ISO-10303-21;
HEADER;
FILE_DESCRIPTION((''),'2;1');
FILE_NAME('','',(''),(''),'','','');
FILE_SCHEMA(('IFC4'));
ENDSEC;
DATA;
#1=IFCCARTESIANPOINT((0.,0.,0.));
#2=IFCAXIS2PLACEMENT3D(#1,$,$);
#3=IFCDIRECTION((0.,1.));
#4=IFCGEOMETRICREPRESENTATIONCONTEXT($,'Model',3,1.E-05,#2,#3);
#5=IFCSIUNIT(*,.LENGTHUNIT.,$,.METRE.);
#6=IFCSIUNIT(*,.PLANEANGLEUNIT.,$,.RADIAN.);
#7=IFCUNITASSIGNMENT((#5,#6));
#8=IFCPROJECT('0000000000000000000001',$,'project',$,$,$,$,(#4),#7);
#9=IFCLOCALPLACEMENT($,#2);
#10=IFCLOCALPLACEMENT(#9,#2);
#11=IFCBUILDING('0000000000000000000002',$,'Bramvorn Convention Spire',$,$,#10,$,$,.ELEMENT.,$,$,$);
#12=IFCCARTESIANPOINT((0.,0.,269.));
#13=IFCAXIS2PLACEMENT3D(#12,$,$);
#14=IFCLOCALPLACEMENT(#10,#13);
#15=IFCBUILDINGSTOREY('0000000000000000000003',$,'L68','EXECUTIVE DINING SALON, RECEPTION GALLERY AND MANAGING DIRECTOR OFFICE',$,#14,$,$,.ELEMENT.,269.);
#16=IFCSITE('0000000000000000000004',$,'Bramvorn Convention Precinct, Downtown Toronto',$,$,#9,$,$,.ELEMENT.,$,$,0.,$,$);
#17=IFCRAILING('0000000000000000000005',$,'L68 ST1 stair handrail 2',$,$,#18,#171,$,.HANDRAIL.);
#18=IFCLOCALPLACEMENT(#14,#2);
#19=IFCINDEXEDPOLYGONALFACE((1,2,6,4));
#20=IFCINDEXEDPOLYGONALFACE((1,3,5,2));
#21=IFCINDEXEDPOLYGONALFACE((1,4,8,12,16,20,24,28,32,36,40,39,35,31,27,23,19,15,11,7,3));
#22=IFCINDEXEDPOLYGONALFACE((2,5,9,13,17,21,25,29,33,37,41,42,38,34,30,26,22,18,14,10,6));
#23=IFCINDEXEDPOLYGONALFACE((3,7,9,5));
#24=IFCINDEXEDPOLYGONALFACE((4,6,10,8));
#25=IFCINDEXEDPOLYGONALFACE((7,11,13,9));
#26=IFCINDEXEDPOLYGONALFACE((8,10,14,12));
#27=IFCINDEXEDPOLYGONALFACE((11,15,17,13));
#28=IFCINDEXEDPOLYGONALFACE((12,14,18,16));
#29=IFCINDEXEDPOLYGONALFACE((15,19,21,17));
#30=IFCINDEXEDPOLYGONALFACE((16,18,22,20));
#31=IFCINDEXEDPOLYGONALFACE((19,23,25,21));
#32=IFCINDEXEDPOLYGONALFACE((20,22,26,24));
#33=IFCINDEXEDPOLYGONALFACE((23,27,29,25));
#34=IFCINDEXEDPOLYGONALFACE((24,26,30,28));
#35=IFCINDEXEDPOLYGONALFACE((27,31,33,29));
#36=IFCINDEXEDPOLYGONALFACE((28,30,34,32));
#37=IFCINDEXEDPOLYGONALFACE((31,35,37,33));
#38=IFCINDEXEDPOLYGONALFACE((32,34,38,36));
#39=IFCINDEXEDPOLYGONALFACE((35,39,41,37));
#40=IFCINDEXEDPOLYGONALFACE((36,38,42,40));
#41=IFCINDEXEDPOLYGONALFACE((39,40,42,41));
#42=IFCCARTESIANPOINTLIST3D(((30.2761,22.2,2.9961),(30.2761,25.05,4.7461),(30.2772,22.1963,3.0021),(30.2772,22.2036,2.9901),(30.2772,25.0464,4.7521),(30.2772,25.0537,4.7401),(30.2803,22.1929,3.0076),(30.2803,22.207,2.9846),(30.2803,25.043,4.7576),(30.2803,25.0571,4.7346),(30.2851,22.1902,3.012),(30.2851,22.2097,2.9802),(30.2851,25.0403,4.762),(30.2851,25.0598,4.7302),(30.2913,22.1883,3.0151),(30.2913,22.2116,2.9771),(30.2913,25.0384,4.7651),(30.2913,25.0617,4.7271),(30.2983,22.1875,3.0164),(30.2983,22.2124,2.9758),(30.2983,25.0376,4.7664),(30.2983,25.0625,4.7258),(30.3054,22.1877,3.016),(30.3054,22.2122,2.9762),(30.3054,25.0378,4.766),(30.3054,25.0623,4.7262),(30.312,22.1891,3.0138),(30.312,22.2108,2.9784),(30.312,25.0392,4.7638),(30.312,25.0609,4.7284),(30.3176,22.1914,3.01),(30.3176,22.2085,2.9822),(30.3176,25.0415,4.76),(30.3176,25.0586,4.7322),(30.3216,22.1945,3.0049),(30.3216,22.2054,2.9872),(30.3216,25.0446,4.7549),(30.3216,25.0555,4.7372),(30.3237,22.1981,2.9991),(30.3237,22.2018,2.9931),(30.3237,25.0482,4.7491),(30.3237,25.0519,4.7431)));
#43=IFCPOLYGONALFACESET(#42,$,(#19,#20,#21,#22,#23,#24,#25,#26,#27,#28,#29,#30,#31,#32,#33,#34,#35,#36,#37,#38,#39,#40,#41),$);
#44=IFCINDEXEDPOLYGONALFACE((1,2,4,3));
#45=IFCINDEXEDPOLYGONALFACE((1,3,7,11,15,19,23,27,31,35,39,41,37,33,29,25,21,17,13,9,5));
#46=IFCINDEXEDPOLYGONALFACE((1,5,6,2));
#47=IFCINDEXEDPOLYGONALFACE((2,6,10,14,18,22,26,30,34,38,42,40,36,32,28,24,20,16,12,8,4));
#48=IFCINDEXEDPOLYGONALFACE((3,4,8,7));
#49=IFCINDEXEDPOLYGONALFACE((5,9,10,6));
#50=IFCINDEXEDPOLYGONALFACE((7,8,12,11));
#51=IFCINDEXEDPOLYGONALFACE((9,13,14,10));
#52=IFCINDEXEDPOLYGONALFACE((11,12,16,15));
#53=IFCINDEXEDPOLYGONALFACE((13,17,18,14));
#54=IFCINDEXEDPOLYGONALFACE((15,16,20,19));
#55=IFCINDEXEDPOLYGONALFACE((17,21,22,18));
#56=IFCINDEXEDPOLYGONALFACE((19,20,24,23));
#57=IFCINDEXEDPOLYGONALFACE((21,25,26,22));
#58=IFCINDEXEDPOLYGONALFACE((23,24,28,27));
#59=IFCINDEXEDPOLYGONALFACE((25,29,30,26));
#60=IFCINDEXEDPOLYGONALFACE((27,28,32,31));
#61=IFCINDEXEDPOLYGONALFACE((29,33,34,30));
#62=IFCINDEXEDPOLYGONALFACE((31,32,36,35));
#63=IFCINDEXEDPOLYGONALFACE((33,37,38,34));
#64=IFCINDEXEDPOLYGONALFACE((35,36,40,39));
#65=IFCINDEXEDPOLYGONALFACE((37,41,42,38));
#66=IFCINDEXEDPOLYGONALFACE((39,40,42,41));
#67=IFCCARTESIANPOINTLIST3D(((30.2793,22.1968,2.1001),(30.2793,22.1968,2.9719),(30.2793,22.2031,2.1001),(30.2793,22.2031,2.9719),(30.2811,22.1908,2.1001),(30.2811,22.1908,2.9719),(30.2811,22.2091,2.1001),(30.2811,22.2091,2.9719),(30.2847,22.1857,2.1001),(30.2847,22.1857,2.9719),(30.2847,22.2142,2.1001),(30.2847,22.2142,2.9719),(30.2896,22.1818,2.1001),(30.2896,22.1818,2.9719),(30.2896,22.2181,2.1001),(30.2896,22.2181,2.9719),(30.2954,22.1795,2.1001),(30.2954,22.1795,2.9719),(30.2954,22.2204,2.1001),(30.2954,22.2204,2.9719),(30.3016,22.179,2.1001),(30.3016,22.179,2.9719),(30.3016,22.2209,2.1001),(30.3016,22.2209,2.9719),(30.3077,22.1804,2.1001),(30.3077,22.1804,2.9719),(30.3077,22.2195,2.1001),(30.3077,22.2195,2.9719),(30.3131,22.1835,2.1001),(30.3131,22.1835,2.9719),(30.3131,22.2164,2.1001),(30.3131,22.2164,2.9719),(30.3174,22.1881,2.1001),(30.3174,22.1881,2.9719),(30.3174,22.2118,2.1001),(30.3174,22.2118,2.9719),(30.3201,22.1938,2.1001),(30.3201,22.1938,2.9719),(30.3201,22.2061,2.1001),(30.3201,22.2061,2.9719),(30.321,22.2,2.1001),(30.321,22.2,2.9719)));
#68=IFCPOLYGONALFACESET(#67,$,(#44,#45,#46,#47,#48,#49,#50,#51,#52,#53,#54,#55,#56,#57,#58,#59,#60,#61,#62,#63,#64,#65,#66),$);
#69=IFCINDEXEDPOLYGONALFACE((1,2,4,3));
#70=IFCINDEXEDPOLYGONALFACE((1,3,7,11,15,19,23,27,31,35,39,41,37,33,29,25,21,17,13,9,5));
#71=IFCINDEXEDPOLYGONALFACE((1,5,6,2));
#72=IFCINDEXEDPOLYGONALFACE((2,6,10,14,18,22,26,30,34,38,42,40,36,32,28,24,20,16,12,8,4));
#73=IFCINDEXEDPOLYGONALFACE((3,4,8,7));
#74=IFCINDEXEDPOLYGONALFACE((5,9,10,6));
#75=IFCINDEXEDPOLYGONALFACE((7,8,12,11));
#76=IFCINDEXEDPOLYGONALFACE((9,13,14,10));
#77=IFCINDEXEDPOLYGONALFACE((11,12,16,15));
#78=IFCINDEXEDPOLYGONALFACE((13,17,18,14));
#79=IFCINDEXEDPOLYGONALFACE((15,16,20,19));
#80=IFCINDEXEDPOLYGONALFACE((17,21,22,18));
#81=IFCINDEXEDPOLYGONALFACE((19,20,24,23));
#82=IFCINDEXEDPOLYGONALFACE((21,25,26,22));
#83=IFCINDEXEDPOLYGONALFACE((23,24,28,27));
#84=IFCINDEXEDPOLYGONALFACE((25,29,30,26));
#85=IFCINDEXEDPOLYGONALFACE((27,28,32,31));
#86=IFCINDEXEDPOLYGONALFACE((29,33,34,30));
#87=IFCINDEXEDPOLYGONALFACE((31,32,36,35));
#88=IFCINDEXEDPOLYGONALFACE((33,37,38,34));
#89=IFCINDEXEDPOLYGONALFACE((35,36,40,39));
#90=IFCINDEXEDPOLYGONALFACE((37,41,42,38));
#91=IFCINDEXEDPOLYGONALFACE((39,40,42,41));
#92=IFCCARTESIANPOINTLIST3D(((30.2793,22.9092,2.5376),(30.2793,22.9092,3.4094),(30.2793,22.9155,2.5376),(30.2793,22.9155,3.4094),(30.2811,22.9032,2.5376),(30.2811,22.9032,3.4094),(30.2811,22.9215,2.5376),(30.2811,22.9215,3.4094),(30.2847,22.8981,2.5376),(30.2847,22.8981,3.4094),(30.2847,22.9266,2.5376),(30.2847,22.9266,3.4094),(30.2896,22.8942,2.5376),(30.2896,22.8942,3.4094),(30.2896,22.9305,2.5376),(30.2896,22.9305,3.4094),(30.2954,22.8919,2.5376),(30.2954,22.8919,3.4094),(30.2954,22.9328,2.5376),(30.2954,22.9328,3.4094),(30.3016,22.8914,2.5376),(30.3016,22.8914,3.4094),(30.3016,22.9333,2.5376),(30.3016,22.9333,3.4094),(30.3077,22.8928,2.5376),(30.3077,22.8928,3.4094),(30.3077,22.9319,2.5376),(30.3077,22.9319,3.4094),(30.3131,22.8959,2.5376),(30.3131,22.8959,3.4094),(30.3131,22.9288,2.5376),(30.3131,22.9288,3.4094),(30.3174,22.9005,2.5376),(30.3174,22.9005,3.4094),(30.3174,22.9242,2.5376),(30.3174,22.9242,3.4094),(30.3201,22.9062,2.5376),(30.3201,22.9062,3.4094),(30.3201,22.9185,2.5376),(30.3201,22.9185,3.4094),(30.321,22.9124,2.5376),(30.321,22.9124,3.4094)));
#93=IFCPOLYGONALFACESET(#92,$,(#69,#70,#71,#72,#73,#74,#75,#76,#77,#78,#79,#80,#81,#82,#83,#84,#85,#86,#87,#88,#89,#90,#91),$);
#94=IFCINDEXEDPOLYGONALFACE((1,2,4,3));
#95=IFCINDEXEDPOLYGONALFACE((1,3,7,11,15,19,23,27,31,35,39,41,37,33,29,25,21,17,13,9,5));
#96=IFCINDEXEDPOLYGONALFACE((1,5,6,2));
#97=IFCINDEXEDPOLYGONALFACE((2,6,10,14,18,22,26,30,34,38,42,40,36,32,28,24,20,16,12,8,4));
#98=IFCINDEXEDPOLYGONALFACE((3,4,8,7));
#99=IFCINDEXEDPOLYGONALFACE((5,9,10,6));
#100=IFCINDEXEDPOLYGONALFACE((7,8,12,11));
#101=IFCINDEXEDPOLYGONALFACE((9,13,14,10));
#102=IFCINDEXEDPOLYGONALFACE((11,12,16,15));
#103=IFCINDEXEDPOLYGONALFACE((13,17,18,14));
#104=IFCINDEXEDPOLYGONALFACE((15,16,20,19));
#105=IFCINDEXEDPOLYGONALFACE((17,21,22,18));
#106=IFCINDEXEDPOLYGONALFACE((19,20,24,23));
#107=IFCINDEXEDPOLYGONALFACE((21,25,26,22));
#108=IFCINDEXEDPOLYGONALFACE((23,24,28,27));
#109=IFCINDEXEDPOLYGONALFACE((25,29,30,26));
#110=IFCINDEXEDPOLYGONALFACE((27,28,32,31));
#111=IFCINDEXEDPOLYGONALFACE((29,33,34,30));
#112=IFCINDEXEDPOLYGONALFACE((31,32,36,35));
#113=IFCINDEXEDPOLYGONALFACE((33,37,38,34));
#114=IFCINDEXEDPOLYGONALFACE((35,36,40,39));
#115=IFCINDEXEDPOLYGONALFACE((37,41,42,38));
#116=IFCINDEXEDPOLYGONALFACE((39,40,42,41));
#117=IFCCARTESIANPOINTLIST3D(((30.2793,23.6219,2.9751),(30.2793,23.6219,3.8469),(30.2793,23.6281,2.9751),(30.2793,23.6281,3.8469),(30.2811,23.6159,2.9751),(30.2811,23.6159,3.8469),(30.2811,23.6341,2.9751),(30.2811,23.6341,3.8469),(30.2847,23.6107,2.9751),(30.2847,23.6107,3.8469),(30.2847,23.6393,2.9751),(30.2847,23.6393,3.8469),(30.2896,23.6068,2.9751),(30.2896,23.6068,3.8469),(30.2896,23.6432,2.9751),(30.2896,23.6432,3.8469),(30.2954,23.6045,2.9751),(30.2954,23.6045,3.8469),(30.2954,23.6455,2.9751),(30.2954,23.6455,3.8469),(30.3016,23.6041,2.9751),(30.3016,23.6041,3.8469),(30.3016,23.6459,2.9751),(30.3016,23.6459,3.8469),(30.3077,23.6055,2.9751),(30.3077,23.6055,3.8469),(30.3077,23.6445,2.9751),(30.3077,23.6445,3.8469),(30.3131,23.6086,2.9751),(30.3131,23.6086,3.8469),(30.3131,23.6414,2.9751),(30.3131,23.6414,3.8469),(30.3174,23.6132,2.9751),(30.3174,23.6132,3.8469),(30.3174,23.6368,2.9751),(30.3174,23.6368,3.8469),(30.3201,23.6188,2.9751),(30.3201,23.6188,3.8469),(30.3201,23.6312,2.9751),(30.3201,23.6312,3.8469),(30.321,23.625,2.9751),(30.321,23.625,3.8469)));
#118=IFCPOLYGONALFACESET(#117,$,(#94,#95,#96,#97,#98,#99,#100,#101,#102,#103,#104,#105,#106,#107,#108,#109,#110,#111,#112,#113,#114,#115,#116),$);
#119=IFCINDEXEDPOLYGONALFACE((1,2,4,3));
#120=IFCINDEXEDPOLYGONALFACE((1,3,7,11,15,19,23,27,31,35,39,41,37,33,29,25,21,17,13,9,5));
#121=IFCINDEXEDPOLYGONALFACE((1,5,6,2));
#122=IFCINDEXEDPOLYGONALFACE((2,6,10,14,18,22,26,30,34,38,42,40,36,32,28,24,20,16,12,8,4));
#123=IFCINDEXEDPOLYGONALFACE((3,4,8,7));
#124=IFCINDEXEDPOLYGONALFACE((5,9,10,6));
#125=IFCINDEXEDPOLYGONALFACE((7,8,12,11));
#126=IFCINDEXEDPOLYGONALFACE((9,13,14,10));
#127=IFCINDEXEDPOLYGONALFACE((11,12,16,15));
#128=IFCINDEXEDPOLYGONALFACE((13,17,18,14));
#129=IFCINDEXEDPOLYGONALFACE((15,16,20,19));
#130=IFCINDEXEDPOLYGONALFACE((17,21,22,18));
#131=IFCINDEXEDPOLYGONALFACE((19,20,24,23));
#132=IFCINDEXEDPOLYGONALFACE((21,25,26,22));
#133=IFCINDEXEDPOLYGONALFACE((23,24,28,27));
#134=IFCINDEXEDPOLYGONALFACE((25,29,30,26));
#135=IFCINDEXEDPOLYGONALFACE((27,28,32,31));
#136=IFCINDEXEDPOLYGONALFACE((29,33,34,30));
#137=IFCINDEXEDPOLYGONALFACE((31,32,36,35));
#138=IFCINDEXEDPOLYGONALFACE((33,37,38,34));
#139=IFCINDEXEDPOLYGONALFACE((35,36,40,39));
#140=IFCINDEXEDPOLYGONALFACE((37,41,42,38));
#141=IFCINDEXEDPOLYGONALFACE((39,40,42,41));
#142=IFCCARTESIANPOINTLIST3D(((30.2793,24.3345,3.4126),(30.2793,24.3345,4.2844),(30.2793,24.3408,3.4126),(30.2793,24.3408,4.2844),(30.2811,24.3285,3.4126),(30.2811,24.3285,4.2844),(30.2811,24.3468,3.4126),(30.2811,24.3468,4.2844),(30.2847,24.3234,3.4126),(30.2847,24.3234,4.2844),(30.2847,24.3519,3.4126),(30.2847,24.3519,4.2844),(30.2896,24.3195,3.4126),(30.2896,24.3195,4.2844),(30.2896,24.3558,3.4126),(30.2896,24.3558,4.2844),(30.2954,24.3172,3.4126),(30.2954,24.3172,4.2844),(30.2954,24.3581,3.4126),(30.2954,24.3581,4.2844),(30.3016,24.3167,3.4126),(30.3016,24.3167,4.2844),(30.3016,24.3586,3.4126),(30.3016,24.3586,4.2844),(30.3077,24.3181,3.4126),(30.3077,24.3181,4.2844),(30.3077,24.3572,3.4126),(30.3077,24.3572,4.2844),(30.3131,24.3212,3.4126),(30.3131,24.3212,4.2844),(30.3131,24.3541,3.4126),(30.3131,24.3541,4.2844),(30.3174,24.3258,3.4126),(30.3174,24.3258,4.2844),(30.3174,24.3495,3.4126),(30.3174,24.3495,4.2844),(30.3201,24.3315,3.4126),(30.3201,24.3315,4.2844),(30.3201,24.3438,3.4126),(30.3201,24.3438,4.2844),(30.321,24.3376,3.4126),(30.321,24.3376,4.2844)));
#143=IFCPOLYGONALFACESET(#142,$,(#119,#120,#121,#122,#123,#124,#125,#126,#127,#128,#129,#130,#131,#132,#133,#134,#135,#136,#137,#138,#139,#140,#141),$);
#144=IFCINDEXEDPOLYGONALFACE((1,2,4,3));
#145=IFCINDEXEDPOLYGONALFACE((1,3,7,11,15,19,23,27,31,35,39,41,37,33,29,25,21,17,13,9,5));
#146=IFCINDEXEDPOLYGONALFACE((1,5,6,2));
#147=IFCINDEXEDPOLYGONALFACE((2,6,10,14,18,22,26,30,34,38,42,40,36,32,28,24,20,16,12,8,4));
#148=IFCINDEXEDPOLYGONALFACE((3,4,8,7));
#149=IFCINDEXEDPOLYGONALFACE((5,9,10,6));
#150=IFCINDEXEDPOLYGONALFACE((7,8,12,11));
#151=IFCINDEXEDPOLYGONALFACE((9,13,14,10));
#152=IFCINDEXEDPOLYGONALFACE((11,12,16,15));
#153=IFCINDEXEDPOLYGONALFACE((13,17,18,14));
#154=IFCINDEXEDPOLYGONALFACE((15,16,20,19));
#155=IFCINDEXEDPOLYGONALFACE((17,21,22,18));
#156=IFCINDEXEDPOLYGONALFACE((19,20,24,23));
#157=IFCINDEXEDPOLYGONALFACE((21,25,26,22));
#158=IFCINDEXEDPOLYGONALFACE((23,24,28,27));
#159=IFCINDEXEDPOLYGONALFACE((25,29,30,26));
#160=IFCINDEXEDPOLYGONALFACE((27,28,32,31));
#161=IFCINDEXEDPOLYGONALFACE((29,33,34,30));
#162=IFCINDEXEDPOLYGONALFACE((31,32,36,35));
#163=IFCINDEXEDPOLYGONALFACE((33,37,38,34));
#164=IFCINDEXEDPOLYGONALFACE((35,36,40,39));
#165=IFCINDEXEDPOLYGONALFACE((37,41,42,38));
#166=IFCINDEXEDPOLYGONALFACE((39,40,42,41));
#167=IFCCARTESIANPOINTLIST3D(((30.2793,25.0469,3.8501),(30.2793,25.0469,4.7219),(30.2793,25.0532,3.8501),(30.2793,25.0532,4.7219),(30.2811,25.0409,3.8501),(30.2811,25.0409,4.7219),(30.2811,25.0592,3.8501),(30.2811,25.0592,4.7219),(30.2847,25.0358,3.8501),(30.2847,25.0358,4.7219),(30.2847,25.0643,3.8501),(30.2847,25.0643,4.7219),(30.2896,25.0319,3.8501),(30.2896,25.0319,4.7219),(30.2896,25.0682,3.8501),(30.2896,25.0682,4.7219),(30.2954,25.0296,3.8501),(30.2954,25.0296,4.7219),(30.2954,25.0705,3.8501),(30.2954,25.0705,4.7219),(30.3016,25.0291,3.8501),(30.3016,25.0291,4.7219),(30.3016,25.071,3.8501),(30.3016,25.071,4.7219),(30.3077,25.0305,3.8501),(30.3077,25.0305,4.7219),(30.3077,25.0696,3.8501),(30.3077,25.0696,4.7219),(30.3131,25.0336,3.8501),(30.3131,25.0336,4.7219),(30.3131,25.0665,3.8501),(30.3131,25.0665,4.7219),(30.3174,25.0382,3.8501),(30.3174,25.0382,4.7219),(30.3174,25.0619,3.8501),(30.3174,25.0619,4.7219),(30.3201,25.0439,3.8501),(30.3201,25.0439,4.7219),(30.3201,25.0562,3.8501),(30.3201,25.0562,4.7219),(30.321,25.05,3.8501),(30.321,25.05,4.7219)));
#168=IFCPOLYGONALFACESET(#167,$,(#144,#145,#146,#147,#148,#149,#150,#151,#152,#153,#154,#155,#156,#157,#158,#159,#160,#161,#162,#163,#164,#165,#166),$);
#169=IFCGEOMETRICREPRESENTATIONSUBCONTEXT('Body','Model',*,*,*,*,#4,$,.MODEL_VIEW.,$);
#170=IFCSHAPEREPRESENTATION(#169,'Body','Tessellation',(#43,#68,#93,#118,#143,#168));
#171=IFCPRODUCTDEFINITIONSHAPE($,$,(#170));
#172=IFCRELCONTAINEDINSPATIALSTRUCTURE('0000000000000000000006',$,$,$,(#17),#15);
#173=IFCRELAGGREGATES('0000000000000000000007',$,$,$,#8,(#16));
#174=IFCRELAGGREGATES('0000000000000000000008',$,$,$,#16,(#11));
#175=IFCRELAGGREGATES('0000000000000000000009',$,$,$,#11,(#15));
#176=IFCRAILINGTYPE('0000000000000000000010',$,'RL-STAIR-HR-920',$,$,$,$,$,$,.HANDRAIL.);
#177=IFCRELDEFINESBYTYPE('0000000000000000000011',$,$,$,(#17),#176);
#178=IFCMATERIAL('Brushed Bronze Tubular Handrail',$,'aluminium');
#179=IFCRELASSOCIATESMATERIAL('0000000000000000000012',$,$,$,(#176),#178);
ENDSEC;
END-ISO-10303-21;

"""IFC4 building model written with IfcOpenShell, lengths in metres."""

from ifc_helpers import new_model, si_unit, direction, frame, origin, origin_2d, place, context, subcontext, project, spatial, circle, extrude, material, type_object, element, save


model = new_model("IFC4")

# Units and contexts
model_context = context("Model", 3, precision=1e-05, world=origin(), true_north=direction((0.0, 1.0)))
body_context = subcontext(model_context, "Body", "Model", "MODEL_VIEW")
ifc_project = project(units=[si_unit("LENGTHUNIT", "METRE"), si_unit("PLANEANGLEUNIT", "RADIAN")], contexts=[model_context])

# Site, building, storey
site_placement = place(None, origin())
site = spatial("IfcSite", under=ifc_project, at=site_placement, Name="Bramvorn Convention Precinct, Downtown Toronto", CompositionType="ELEMENT", RefElevation=0.0)
building_placement = place(site_placement, origin())
building = spatial("IfcBuilding", under=site, at=building_placement, Name="Bramvorn Convention Spire", CompositionType="ELEMENT")
storey_placement = place(building_placement, frame((0.0, 0.0, 269.0)))
storey = spatial("IfcBuildingStorey", under=building, at=storey_placement, Name="L68", Description="EXECUTIVE DINING SALON, RECEPTION GALLERY AND MANAGING DIRECTOR OFFICE", CompositionType="ELEMENT", Elevation=269.0)

# Railing
ifc_material_1 = material(Name="Brushed Bronze Tubular Handrail", Category="aluminium")
railing_type_1 = type_object("IfcRailingType", Name="RL-STAIR-HR-920", PredefinedType="HANDRAIL", material=ifc_material_1)
for number, where, name in (
    (1, (30.3, 22.2, 2.1001), "L68 ST1 stair handrail 2"),
):
    element("IfcRailing", number, at=place(storey_placement, frame(where)), inside=storey, type_object=railing_type_1, Name=name, PredefinedType="HANDRAIL", context=body_context, shape_type="SweptSolid", body=[
        extrude(circle(Radius=0.0239, at=origin_2d()), frame((0.0, 0.0, 0.896), z_axis=(0.0, 0.852179, 0.52325), x_axis=(-1.0, 0.0, 0.0)), (0.0, 0.0, 1.0), 3.3445),
        extrude(circle(Radius=0.021, at=origin_2d()), origin(), (0.0, 0.0, 1.0), 0.8718),
        extrude(circle(Radius=0.021, at=origin_2d()), frame((0.0, 0.7124, 0.4375)), (0.0, 0.0, 1.0), 0.8718),
        extrude(circle(Radius=0.021, at=origin_2d()), frame((0.0, 1.425, 0.875)), (0.0, 0.0, 1.0), 0.8718),
        extrude(circle(Radius=0.021, at=origin_2d()), frame((0.0, 2.1377, 1.3125)), (0.0, 0.0, 1.0), 0.8718),
        extrude(circle(Radius=0.021, at=origin_2d()), frame((0.0, 2.8501, 1.75)), (0.0, 0.0, 1.0), 0.8718),
    ])

save(model, "model.ifc")
